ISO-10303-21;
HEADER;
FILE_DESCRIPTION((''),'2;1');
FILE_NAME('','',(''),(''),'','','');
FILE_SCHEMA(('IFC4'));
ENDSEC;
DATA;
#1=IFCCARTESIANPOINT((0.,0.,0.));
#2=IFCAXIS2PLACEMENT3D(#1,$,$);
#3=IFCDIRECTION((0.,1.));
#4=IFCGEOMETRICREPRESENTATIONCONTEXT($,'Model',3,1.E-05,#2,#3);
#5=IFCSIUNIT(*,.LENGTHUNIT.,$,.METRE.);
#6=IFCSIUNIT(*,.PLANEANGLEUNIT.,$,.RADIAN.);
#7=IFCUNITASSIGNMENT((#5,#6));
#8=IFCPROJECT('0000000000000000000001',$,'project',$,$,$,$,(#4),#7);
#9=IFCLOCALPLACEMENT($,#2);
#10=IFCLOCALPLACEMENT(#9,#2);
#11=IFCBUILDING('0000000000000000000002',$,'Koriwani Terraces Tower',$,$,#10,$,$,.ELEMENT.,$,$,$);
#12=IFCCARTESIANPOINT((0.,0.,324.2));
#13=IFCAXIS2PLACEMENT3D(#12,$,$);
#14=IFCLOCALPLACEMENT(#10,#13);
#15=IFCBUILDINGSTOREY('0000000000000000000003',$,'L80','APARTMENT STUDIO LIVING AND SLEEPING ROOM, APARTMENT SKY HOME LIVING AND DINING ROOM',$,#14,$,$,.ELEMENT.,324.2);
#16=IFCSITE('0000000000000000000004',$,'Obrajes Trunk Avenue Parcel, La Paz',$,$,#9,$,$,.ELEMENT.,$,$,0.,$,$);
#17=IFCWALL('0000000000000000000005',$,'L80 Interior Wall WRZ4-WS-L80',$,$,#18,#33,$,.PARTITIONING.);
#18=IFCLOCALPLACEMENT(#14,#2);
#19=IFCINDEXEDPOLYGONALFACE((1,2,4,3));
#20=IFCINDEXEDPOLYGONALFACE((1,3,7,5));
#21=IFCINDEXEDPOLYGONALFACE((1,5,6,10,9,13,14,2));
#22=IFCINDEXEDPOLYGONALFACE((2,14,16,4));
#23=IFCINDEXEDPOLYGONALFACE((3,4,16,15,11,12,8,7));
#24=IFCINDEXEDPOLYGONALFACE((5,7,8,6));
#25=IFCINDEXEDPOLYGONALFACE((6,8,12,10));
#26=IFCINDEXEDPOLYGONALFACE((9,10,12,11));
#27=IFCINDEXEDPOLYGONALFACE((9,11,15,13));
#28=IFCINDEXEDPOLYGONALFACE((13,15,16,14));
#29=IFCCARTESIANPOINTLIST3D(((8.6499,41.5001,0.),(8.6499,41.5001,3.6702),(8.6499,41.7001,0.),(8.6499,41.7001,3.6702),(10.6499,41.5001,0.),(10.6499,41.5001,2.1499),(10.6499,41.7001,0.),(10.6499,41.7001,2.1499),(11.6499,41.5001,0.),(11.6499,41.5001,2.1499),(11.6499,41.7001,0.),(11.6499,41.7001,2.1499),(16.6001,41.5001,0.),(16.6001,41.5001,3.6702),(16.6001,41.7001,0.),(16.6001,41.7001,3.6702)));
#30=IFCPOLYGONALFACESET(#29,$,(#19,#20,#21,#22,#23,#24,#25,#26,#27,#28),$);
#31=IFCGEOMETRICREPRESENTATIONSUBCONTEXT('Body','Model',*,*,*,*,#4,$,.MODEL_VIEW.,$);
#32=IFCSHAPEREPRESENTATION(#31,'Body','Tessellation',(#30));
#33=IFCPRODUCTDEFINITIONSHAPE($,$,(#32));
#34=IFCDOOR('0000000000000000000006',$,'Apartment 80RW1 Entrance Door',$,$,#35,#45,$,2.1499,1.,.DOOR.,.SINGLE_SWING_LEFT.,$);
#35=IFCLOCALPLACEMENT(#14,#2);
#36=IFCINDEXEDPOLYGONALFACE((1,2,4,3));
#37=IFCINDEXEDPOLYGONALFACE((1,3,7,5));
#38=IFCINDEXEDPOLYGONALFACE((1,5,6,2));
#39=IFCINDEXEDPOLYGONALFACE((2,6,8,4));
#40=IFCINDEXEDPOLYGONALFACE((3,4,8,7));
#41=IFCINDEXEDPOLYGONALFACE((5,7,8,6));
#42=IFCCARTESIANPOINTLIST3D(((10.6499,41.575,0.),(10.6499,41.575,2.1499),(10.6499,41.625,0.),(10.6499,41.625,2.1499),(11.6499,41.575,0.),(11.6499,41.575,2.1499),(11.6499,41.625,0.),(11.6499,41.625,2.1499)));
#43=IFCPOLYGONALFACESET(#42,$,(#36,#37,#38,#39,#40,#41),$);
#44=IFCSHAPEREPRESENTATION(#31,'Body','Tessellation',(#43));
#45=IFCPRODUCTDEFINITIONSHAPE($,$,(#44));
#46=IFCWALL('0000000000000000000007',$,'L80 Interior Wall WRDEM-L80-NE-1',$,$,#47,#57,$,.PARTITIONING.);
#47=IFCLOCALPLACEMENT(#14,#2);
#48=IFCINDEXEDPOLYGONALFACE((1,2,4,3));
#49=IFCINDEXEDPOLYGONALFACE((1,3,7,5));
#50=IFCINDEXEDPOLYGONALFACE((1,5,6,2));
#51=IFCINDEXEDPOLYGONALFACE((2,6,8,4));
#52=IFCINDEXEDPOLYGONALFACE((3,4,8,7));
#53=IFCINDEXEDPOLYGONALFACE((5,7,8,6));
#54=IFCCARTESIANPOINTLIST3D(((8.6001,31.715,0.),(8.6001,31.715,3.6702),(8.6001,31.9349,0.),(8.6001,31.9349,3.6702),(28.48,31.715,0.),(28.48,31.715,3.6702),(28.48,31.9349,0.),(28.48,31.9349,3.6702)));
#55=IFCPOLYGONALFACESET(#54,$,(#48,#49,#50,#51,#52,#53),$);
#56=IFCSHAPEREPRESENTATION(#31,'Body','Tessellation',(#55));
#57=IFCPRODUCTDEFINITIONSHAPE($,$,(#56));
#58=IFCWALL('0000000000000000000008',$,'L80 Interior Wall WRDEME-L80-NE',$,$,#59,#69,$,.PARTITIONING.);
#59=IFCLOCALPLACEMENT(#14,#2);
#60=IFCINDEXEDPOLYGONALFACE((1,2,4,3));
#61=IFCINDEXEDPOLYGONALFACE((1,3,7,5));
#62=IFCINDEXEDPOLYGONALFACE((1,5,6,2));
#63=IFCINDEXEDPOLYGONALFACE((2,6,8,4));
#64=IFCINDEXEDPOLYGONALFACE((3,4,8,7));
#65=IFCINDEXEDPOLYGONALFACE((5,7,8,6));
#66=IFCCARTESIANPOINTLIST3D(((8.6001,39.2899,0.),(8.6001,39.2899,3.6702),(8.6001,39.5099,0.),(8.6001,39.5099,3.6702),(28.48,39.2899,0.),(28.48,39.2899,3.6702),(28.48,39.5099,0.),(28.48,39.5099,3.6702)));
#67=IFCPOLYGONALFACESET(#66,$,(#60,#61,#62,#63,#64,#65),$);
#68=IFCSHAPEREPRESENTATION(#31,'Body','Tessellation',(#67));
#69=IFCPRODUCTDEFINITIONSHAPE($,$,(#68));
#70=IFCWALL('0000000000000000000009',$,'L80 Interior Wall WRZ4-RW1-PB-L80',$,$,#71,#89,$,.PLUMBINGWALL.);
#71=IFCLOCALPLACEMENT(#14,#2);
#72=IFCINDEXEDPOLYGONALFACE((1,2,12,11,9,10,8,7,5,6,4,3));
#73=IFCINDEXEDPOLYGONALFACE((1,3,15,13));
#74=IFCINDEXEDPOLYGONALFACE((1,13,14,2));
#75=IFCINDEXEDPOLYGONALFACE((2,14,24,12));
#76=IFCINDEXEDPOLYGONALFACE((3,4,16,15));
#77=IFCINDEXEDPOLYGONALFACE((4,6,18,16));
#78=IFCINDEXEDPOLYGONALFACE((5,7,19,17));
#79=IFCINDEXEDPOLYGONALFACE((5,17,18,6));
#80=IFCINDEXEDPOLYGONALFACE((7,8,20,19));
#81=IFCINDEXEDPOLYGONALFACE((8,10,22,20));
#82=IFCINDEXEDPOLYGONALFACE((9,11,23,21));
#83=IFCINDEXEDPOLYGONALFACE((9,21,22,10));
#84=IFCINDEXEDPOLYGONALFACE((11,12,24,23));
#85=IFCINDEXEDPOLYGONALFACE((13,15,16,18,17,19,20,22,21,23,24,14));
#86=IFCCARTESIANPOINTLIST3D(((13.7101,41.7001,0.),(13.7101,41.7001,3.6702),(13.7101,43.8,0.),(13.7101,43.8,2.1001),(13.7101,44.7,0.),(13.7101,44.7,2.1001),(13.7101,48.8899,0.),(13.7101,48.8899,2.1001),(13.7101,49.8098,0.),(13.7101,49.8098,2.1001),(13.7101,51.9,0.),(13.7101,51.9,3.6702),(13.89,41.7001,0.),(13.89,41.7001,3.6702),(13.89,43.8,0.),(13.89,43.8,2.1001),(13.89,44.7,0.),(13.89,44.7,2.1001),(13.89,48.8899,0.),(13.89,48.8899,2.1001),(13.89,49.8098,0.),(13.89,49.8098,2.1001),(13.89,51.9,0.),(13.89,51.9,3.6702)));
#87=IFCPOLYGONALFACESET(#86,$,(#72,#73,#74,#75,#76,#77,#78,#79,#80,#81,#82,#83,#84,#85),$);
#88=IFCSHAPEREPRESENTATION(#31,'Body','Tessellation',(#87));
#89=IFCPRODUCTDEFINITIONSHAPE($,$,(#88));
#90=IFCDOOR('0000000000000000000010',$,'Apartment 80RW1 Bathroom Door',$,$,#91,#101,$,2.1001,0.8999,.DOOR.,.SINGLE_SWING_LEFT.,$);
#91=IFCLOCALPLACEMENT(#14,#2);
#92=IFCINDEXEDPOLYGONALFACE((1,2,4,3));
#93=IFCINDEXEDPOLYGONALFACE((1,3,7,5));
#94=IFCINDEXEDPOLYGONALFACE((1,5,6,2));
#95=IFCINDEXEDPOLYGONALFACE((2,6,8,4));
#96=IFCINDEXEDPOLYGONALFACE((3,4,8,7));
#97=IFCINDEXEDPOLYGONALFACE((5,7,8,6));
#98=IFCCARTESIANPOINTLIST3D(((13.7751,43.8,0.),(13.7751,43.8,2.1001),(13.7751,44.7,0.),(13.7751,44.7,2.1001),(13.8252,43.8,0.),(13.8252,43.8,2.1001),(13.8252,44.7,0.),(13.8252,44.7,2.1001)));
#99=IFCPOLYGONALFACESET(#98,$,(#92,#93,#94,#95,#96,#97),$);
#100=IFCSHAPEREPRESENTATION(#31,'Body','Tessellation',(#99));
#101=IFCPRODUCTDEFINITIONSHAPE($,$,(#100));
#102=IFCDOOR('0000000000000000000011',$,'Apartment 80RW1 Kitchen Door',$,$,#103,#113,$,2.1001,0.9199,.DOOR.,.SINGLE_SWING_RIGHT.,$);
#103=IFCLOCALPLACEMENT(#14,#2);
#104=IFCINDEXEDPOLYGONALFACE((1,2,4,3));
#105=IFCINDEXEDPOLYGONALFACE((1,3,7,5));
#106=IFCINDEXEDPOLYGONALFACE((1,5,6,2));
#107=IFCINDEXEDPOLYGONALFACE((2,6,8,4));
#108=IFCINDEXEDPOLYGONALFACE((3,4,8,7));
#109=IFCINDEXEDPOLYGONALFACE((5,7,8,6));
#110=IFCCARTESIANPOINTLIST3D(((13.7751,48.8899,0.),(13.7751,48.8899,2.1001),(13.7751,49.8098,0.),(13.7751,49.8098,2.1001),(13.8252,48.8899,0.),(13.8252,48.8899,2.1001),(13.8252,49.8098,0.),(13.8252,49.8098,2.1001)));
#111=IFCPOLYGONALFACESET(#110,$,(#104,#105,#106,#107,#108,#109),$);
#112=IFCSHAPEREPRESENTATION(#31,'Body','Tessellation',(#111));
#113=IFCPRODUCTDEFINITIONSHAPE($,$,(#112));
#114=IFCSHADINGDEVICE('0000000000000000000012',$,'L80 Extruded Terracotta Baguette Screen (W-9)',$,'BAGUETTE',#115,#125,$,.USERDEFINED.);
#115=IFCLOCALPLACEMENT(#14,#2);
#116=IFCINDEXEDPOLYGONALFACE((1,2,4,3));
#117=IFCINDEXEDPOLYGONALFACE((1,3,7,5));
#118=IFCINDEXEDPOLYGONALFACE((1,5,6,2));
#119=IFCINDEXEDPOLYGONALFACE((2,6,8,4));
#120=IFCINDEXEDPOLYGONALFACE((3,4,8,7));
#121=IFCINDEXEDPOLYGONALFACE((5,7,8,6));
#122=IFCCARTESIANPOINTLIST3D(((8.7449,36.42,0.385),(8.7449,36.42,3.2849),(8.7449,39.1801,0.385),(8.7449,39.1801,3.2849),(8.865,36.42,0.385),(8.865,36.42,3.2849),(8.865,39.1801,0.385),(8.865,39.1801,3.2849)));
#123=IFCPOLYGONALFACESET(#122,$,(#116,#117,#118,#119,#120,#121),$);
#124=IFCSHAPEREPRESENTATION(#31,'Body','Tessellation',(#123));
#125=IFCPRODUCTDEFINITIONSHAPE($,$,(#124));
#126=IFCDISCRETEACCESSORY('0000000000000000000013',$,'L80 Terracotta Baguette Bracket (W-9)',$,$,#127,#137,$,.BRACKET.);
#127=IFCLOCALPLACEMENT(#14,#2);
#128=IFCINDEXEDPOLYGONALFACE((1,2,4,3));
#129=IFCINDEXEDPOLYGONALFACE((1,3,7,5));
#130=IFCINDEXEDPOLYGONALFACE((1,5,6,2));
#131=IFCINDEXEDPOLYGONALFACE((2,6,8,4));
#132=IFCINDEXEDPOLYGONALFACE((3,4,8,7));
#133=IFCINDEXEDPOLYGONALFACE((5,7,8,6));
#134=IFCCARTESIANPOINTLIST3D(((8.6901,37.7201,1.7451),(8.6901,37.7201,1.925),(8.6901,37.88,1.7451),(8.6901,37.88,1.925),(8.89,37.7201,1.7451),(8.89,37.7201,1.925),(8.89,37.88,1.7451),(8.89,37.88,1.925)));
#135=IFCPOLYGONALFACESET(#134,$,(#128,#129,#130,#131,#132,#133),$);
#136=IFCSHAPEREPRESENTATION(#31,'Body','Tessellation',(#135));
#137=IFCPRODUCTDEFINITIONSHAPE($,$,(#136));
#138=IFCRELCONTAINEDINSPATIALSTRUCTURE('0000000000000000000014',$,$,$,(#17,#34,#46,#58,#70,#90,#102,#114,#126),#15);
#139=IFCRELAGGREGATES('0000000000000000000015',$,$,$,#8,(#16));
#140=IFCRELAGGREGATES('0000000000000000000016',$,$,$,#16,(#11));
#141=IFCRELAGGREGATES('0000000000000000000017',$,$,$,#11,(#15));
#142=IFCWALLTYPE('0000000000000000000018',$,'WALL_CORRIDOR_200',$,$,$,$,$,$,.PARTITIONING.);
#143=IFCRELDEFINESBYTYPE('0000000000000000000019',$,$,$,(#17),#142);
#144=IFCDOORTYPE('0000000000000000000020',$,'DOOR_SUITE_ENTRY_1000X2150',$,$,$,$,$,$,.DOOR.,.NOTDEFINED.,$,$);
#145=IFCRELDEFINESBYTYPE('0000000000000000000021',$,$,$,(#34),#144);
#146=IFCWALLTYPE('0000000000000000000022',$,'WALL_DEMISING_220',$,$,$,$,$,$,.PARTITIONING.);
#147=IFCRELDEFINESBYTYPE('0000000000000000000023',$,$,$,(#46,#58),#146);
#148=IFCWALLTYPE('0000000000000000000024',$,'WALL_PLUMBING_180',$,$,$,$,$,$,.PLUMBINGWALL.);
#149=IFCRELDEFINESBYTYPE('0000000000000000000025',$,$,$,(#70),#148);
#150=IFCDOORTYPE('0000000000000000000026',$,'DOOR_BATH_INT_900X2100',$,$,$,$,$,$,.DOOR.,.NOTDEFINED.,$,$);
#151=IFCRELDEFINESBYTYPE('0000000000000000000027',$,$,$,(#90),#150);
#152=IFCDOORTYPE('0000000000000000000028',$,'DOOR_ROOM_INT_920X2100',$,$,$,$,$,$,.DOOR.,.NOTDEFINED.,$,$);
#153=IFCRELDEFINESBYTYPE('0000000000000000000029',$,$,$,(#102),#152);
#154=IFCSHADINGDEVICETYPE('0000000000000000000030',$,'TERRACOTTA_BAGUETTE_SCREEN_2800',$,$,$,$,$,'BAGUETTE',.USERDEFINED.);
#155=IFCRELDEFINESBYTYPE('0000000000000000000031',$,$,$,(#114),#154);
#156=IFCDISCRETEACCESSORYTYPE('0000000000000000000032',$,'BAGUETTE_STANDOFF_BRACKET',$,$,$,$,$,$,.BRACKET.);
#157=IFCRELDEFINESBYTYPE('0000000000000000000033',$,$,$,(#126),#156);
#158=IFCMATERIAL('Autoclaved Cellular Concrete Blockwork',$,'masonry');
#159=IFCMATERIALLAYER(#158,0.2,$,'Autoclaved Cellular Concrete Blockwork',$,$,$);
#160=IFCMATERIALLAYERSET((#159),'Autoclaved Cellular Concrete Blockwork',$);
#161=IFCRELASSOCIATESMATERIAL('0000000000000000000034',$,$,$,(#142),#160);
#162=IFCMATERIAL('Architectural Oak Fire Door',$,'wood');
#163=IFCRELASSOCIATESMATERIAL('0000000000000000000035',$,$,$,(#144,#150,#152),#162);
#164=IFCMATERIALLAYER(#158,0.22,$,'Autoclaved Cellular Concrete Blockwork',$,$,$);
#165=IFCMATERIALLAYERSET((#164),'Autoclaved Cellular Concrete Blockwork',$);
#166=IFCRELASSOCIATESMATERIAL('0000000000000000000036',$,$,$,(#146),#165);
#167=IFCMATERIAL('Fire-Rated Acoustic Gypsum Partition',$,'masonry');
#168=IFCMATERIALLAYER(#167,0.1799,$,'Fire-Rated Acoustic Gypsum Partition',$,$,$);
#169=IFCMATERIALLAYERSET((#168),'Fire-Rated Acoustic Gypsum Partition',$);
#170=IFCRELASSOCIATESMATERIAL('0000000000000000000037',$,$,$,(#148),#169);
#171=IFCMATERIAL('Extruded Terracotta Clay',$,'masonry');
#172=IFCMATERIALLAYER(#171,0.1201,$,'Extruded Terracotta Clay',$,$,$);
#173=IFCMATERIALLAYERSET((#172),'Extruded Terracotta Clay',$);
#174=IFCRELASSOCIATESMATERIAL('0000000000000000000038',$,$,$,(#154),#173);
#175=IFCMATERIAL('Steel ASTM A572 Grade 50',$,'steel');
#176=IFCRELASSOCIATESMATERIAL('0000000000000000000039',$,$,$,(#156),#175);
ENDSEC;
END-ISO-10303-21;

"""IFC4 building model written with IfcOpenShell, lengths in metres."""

from ifc_helpers import new_model, si_unit, direction, frame, frame_2d, origin, origin_2d, place, context, subcontext, project, spatial, rectangle, extrude, material, layer, layer_set, type_object, element, fill, save


model = new_model("IFC4")

# Units and contexts
model_context = context("Model", 3, precision=1e-05, world=origin(), true_north=direction((0.0, 1.0)))
body_context = subcontext(model_context, "Body", "Model", "MODEL_VIEW")
ifc_project = project(units=[si_unit("LENGTHUNIT", "METRE"), si_unit("PLANEANGLEUNIT", "RADIAN")], contexts=[model_context])

# Site, building, storey
site_placement = place(None, origin())
site = spatial("IfcSite", under=ifc_project, at=site_placement, Name="Obrajes Trunk Avenue Parcel, La Paz", CompositionType="ELEMENT", RefElevation=0.0)
building_placement = place(site_placement, origin())
building = spatial("IfcBuilding", under=site, at=building_placement, Name="Koriwani Terraces Tower", CompositionType="ELEMENT")
storey_placement = place(building_placement, frame((0.0, 0.0, 324.2)))
storey = spatial("IfcBuildingStorey", under=building, at=storey_placement, Name="L80", Description="APARTMENT STUDIO LIVING AND SLEEPING ROOM, APARTMENT SKY HOME LIVING AND DINING ROOM", CompositionType="ELEMENT", Elevation=324.2)

# Shared definitions
ifc_material_1 = material(Name="Steel ASTM A572 Grade 50", Category="steel")

# Wall, opening, door
ifc_material_2 = material(Name="Autoclaved Cellular Concrete Blockwork", Category="masonry")
ifc_layer_1 = layer(ifc_material_2, 0.2, Name="Autoclaved Cellular Concrete Blockwork")
ifc_layer_set_1 = layer_set([ifc_layer_1], Name="Autoclaved Cellular Concrete Blockwork")
wall_type_1 = type_object("IfcWallType", Name="WALL_CORRIDOR_200", PredefinedType="PARTITIONING", material=ifc_layer_set_1)
wall_1_placement = place(storey_placement, frame((8.6499, 41.6001, 0.0), z_axis=(0.0, 0.0, 1.0), x_axis=(1.0, 0.0, 0.0)))
wall_1 = element("IfcWall", 1, at=wall_1_placement, inside=storey, type_object=wall_type_1, Name="L80 Interior Wall WRZ4-WS-L80", PredefinedType="PARTITIONING", context=body_context, shape_type="SweptSolid", body=[
    extrude(rectangle(XDim=7.9502, YDim=0.2, at=frame_2d((3.9751, 0.0))), origin(), (0.0, 0.0, 1.0), 3.6702),
])
opening_1_placement = place(wall_1_placement, frame((2.0, 0.0, 0.0)))
opening_1 = element("IfcOpeningElement", 2, at=opening_1_placement, cuts=wall_1, PredefinedType="OPENING", context=body_context, shape_type="SweptSolid", body=[
    extrude(rectangle(XDim=1.0, YDim=2.1499, at=frame_2d((0.5, 1.075))), frame((0.0, 0.1099, 0.0), z_axis=(0.0, -1.0, 0.0), x_axis=(1.0, 0.0, 0.0)), (0.0, 0.0, 1.0), 0.22),
])
ifc_material_3 = material(Name="Architectural Oak Fire Door", Category="wood")
door_type_1 = type_object("IfcDoorType", Name="DOOR_SUITE_ENTRY_1000X2150", OperationType="NOTDEFINED", PredefinedType="DOOR", material=ifc_material_3)
door_1_placement = place(opening_1_placement, origin())
door_1 = element("IfcDoor", 3, at=door_1_placement, inside=storey, type_object=door_type_1, Name="Apartment 80RW1 Entrance Door", OperationType="SINGLE_SWING_LEFT", OverallHeight=2.1499, OverallWidth=1.0, PredefinedType="DOOR", context=body_context, shape_type="SweptSolid", body=[
    extrude(rectangle(XDim=1.0, YDim=2.1499, at=frame_2d((0.5, 1.075))), frame((0.0, 0.0249, 0.0), z_axis=(0.0, -1.0, 0.0), x_axis=(1.0, 0.0, 0.0)), (0.0, 0.0, 1.0), 0.05),
])
fill(opening_1, door_1)

# Walls
ifc_layer_2 = layer(ifc_material_2, 0.22, Name="Autoclaved Cellular Concrete Blockwork")
ifc_layer_set_2 = layer_set([ifc_layer_2], Name="Autoclaved Cellular Concrete Blockwork")
wall_type_2 = type_object("IfcWallType", Name="WALL_DEMISING_220", PredefinedType="PARTITIONING", material=ifc_layer_set_2)
for number, where, z_axis, x_axis, name in (
    (4, (8.6001, 31.825, 0.0), (0.0, 0.0, 1.0), (1.0, 0.0, 0.0), "L80 Interior Wall WRDEM-L80-NE-1"),
    (5, (8.6001, 39.3999, 0.0), (0.0, 0.0, 1.0), (1.0, 0.0, 0.0), "L80 Interior Wall WRDEME-L80-NE"),
):
    element("IfcWall", number, at=place(storey_placement, frame(where, z_axis=z_axis, x_axis=x_axis)), inside=storey, type_object=wall_type_2, Name=name, PredefinedType="PARTITIONING", context=body_context, shape_type="SweptSolid", body=[
        extrude(rectangle(XDim=19.8799, YDim=0.22, at=frame_2d((9.9399, 0.0))), origin(), (0.0, 0.0, 1.0), 3.6702),
    ])

# Wall, openings, doors
ifc_material_4 = material(Name="Fire-Rated Acoustic Gypsum Partition", Category="masonry")
ifc_layer_3 = layer(ifc_material_4, 0.1799, Name="Fire-Rated Acoustic Gypsum Partition")
ifc_layer_set_3 = layer_set([ifc_layer_3], Name="Fire-Rated Acoustic Gypsum Partition")
wall_type_3 = type_object("IfcWallType", Name="WALL_PLUMBING_180", PredefinedType="PLUMBINGWALL", material=ifc_layer_set_3)
wall_2_placement = place(storey_placement, frame((13.8, 41.7, 0.0), z_axis=(0.0, 0.0, 1.0), x_axis=(0.0, 1.0, 0.0)))
wall_2 = element("IfcWall", 6, at=wall_2_placement, inside=storey, type_object=wall_type_3, Name="L80 Interior Wall WRZ4-RW1-PB-L80", PredefinedType="PLUMBINGWALL", context=body_context, shape_type="SweptSolid", body=[
    extrude(rectangle(XDim=10.2, YDim=0.1799, at=frame_2d((5.1001, 0.0))), origin(), (0.0, 0.0, 1.0), 3.6702),
])
opening_2_placement = place(wall_2_placement, frame((2.1001, 0.0, 0.0)))
opening_2 = element("IfcOpeningElement", 7, at=opening_2_placement, cuts=wall_2, PredefinedType="OPENING", context=body_context, shape_type="SweptSolid", body=[
    extrude(rectangle(XDim=0.8999, YDim=2.1001, at=frame_2d((0.45, 1.05))), frame((0.0, 0.1001, 0.0), z_axis=(0.0, -1.0, 0.0), x_axis=(1.0, 0.0, 0.0)), (0.0, 0.0, 1.0), 0.2),
])
opening_3_placement = place(wall_2_placement, frame((7.1899, 0.0, 0.0)))
opening_3 = element("IfcOpeningElement", 8, at=opening_3_placement, cuts=wall_2, PredefinedType="OPENING", context=body_context, shape_type="SweptSolid", body=[
    extrude(rectangle(XDim=0.9199, YDim=2.1001, at=frame_2d((0.46, 1.05))), frame((0.0, 0.1001, 0.0), z_axis=(0.0, -1.0, 0.0), x_axis=(1.0, 0.0, 0.0)), (0.0, 0.0, 1.0), 0.2),
])
door_type_2 = type_object("IfcDoorType", Name="DOOR_BATH_INT_900X2100", OperationType="NOTDEFINED", PredefinedType="DOOR", material=ifc_material_3)
door_2_placement = place(opening_2_placement, origin())
door_2 = element("IfcDoor", 9, at=door_2_placement, inside=storey, type_object=door_type_2, Name="Apartment 80RW1 Bathroom Door", OperationType="SINGLE_SWING_LEFT", OverallHeight=2.1001, OverallWidth=0.8999, PredefinedType="DOOR", context=body_context, shape_type="SweptSolid", body=[
    extrude(rectangle(XDim=0.8999, YDim=2.1001, at=frame_2d((0.45, 1.05))), frame((0.0, 0.0249, 0.0), z_axis=(0.0, -1.0, 0.0), x_axis=(1.0, 0.0, 0.0)), (0.0, 0.0, 1.0), 0.05),
])
fill(opening_2, door_2)
door_type_3 = type_object("IfcDoorType", Name="DOOR_ROOM_INT_920X2100", OperationType="NOTDEFINED", PredefinedType="DOOR", material=ifc_material_3)
door_3_placement = place(opening_3_placement, origin())
door_3 = element("IfcDoor", 10, at=door_3_placement, inside=storey, type_object=door_type_3, Name="Apartment 80RW1 Kitchen Door", OperationType="SINGLE_SWING_RIGHT", OverallHeight=2.1001, OverallWidth=0.9199, PredefinedType="DOOR", context=body_context, shape_type="SweptSolid", body=[
    extrude(rectangle(XDim=0.9199, YDim=2.1001, at=frame_2d((0.46, 1.05))), frame((0.0, 0.0249, 0.0), z_axis=(0.0, -1.0, 0.0), x_axis=(1.0, 0.0, 0.0)), (0.0, 0.0, 1.0), 0.05),
])
fill(opening_3, door_3)

# Shading device
ifc_material_5 = material(Name="Extruded Terracotta Clay", Category="masonry")
ifc_layer_4 = layer(ifc_material_5, 0.1201, Name="Extruded Terracotta Clay")
ifc_layer_set_4 = layer_set([ifc_layer_4], Name="Extruded Terracotta Clay")
shading_device_type = type_object("IfcShadingDeviceType", Name="TERRACOTTA_BAGUETTE_SCREEN_2800", ElementType="BAGUETTE", PredefinedType="USERDEFINED", material=ifc_layer_set_4)
shading_device_placement = place(storey_placement, frame((8.8049, 37.8, 0.385), z_axis=(0.0, 0.0, 1.0), x_axis=(0.0, 1.0, 0.0)))
element("IfcShadingDevice", 11, at=shading_device_placement, inside=storey, type_object=shading_device_type, Name="L80 Extruded Terracotta Baguette Screen (W-9)", ObjectType="BAGUETTE", PredefinedType="USERDEFINED", context=body_context, shape_type="SweptSolid", body=[
    extrude(rectangle(XDim=2.76, YDim=0.1201, at=origin_2d()), origin(), (0.0, 0.0, 1.0), 2.8999),
])

# Discrete accessory
discrete_accessory_type = type_object("IfcDiscreteAccessoryType", Name="BAGUETTE_STANDOFF_BRACKET", PredefinedType="BRACKET", material=ifc_material_1)
discrete_accessory_placement = place(storey_placement, frame((8.79, 37.8, 1.7451), z_axis=(0.0, 0.0, 1.0), x_axis=(0.0, 1.0, 0.0)))
element("IfcDiscreteAccessory", 12, at=discrete_accessory_placement, inside=storey, type_object=discrete_accessory_type, Name="L80 Terracotta Baguette Bracket (W-9)", PredefinedType="BRACKET", context=body_context, shape_type="SweptSolid", body=[
    extrude(rectangle(XDim=0.1599, YDim=0.2, at=origin_2d()), origin(), (0.0, 0.0, 1.0), 0.1799),
])

save(model, "model.ifc")
